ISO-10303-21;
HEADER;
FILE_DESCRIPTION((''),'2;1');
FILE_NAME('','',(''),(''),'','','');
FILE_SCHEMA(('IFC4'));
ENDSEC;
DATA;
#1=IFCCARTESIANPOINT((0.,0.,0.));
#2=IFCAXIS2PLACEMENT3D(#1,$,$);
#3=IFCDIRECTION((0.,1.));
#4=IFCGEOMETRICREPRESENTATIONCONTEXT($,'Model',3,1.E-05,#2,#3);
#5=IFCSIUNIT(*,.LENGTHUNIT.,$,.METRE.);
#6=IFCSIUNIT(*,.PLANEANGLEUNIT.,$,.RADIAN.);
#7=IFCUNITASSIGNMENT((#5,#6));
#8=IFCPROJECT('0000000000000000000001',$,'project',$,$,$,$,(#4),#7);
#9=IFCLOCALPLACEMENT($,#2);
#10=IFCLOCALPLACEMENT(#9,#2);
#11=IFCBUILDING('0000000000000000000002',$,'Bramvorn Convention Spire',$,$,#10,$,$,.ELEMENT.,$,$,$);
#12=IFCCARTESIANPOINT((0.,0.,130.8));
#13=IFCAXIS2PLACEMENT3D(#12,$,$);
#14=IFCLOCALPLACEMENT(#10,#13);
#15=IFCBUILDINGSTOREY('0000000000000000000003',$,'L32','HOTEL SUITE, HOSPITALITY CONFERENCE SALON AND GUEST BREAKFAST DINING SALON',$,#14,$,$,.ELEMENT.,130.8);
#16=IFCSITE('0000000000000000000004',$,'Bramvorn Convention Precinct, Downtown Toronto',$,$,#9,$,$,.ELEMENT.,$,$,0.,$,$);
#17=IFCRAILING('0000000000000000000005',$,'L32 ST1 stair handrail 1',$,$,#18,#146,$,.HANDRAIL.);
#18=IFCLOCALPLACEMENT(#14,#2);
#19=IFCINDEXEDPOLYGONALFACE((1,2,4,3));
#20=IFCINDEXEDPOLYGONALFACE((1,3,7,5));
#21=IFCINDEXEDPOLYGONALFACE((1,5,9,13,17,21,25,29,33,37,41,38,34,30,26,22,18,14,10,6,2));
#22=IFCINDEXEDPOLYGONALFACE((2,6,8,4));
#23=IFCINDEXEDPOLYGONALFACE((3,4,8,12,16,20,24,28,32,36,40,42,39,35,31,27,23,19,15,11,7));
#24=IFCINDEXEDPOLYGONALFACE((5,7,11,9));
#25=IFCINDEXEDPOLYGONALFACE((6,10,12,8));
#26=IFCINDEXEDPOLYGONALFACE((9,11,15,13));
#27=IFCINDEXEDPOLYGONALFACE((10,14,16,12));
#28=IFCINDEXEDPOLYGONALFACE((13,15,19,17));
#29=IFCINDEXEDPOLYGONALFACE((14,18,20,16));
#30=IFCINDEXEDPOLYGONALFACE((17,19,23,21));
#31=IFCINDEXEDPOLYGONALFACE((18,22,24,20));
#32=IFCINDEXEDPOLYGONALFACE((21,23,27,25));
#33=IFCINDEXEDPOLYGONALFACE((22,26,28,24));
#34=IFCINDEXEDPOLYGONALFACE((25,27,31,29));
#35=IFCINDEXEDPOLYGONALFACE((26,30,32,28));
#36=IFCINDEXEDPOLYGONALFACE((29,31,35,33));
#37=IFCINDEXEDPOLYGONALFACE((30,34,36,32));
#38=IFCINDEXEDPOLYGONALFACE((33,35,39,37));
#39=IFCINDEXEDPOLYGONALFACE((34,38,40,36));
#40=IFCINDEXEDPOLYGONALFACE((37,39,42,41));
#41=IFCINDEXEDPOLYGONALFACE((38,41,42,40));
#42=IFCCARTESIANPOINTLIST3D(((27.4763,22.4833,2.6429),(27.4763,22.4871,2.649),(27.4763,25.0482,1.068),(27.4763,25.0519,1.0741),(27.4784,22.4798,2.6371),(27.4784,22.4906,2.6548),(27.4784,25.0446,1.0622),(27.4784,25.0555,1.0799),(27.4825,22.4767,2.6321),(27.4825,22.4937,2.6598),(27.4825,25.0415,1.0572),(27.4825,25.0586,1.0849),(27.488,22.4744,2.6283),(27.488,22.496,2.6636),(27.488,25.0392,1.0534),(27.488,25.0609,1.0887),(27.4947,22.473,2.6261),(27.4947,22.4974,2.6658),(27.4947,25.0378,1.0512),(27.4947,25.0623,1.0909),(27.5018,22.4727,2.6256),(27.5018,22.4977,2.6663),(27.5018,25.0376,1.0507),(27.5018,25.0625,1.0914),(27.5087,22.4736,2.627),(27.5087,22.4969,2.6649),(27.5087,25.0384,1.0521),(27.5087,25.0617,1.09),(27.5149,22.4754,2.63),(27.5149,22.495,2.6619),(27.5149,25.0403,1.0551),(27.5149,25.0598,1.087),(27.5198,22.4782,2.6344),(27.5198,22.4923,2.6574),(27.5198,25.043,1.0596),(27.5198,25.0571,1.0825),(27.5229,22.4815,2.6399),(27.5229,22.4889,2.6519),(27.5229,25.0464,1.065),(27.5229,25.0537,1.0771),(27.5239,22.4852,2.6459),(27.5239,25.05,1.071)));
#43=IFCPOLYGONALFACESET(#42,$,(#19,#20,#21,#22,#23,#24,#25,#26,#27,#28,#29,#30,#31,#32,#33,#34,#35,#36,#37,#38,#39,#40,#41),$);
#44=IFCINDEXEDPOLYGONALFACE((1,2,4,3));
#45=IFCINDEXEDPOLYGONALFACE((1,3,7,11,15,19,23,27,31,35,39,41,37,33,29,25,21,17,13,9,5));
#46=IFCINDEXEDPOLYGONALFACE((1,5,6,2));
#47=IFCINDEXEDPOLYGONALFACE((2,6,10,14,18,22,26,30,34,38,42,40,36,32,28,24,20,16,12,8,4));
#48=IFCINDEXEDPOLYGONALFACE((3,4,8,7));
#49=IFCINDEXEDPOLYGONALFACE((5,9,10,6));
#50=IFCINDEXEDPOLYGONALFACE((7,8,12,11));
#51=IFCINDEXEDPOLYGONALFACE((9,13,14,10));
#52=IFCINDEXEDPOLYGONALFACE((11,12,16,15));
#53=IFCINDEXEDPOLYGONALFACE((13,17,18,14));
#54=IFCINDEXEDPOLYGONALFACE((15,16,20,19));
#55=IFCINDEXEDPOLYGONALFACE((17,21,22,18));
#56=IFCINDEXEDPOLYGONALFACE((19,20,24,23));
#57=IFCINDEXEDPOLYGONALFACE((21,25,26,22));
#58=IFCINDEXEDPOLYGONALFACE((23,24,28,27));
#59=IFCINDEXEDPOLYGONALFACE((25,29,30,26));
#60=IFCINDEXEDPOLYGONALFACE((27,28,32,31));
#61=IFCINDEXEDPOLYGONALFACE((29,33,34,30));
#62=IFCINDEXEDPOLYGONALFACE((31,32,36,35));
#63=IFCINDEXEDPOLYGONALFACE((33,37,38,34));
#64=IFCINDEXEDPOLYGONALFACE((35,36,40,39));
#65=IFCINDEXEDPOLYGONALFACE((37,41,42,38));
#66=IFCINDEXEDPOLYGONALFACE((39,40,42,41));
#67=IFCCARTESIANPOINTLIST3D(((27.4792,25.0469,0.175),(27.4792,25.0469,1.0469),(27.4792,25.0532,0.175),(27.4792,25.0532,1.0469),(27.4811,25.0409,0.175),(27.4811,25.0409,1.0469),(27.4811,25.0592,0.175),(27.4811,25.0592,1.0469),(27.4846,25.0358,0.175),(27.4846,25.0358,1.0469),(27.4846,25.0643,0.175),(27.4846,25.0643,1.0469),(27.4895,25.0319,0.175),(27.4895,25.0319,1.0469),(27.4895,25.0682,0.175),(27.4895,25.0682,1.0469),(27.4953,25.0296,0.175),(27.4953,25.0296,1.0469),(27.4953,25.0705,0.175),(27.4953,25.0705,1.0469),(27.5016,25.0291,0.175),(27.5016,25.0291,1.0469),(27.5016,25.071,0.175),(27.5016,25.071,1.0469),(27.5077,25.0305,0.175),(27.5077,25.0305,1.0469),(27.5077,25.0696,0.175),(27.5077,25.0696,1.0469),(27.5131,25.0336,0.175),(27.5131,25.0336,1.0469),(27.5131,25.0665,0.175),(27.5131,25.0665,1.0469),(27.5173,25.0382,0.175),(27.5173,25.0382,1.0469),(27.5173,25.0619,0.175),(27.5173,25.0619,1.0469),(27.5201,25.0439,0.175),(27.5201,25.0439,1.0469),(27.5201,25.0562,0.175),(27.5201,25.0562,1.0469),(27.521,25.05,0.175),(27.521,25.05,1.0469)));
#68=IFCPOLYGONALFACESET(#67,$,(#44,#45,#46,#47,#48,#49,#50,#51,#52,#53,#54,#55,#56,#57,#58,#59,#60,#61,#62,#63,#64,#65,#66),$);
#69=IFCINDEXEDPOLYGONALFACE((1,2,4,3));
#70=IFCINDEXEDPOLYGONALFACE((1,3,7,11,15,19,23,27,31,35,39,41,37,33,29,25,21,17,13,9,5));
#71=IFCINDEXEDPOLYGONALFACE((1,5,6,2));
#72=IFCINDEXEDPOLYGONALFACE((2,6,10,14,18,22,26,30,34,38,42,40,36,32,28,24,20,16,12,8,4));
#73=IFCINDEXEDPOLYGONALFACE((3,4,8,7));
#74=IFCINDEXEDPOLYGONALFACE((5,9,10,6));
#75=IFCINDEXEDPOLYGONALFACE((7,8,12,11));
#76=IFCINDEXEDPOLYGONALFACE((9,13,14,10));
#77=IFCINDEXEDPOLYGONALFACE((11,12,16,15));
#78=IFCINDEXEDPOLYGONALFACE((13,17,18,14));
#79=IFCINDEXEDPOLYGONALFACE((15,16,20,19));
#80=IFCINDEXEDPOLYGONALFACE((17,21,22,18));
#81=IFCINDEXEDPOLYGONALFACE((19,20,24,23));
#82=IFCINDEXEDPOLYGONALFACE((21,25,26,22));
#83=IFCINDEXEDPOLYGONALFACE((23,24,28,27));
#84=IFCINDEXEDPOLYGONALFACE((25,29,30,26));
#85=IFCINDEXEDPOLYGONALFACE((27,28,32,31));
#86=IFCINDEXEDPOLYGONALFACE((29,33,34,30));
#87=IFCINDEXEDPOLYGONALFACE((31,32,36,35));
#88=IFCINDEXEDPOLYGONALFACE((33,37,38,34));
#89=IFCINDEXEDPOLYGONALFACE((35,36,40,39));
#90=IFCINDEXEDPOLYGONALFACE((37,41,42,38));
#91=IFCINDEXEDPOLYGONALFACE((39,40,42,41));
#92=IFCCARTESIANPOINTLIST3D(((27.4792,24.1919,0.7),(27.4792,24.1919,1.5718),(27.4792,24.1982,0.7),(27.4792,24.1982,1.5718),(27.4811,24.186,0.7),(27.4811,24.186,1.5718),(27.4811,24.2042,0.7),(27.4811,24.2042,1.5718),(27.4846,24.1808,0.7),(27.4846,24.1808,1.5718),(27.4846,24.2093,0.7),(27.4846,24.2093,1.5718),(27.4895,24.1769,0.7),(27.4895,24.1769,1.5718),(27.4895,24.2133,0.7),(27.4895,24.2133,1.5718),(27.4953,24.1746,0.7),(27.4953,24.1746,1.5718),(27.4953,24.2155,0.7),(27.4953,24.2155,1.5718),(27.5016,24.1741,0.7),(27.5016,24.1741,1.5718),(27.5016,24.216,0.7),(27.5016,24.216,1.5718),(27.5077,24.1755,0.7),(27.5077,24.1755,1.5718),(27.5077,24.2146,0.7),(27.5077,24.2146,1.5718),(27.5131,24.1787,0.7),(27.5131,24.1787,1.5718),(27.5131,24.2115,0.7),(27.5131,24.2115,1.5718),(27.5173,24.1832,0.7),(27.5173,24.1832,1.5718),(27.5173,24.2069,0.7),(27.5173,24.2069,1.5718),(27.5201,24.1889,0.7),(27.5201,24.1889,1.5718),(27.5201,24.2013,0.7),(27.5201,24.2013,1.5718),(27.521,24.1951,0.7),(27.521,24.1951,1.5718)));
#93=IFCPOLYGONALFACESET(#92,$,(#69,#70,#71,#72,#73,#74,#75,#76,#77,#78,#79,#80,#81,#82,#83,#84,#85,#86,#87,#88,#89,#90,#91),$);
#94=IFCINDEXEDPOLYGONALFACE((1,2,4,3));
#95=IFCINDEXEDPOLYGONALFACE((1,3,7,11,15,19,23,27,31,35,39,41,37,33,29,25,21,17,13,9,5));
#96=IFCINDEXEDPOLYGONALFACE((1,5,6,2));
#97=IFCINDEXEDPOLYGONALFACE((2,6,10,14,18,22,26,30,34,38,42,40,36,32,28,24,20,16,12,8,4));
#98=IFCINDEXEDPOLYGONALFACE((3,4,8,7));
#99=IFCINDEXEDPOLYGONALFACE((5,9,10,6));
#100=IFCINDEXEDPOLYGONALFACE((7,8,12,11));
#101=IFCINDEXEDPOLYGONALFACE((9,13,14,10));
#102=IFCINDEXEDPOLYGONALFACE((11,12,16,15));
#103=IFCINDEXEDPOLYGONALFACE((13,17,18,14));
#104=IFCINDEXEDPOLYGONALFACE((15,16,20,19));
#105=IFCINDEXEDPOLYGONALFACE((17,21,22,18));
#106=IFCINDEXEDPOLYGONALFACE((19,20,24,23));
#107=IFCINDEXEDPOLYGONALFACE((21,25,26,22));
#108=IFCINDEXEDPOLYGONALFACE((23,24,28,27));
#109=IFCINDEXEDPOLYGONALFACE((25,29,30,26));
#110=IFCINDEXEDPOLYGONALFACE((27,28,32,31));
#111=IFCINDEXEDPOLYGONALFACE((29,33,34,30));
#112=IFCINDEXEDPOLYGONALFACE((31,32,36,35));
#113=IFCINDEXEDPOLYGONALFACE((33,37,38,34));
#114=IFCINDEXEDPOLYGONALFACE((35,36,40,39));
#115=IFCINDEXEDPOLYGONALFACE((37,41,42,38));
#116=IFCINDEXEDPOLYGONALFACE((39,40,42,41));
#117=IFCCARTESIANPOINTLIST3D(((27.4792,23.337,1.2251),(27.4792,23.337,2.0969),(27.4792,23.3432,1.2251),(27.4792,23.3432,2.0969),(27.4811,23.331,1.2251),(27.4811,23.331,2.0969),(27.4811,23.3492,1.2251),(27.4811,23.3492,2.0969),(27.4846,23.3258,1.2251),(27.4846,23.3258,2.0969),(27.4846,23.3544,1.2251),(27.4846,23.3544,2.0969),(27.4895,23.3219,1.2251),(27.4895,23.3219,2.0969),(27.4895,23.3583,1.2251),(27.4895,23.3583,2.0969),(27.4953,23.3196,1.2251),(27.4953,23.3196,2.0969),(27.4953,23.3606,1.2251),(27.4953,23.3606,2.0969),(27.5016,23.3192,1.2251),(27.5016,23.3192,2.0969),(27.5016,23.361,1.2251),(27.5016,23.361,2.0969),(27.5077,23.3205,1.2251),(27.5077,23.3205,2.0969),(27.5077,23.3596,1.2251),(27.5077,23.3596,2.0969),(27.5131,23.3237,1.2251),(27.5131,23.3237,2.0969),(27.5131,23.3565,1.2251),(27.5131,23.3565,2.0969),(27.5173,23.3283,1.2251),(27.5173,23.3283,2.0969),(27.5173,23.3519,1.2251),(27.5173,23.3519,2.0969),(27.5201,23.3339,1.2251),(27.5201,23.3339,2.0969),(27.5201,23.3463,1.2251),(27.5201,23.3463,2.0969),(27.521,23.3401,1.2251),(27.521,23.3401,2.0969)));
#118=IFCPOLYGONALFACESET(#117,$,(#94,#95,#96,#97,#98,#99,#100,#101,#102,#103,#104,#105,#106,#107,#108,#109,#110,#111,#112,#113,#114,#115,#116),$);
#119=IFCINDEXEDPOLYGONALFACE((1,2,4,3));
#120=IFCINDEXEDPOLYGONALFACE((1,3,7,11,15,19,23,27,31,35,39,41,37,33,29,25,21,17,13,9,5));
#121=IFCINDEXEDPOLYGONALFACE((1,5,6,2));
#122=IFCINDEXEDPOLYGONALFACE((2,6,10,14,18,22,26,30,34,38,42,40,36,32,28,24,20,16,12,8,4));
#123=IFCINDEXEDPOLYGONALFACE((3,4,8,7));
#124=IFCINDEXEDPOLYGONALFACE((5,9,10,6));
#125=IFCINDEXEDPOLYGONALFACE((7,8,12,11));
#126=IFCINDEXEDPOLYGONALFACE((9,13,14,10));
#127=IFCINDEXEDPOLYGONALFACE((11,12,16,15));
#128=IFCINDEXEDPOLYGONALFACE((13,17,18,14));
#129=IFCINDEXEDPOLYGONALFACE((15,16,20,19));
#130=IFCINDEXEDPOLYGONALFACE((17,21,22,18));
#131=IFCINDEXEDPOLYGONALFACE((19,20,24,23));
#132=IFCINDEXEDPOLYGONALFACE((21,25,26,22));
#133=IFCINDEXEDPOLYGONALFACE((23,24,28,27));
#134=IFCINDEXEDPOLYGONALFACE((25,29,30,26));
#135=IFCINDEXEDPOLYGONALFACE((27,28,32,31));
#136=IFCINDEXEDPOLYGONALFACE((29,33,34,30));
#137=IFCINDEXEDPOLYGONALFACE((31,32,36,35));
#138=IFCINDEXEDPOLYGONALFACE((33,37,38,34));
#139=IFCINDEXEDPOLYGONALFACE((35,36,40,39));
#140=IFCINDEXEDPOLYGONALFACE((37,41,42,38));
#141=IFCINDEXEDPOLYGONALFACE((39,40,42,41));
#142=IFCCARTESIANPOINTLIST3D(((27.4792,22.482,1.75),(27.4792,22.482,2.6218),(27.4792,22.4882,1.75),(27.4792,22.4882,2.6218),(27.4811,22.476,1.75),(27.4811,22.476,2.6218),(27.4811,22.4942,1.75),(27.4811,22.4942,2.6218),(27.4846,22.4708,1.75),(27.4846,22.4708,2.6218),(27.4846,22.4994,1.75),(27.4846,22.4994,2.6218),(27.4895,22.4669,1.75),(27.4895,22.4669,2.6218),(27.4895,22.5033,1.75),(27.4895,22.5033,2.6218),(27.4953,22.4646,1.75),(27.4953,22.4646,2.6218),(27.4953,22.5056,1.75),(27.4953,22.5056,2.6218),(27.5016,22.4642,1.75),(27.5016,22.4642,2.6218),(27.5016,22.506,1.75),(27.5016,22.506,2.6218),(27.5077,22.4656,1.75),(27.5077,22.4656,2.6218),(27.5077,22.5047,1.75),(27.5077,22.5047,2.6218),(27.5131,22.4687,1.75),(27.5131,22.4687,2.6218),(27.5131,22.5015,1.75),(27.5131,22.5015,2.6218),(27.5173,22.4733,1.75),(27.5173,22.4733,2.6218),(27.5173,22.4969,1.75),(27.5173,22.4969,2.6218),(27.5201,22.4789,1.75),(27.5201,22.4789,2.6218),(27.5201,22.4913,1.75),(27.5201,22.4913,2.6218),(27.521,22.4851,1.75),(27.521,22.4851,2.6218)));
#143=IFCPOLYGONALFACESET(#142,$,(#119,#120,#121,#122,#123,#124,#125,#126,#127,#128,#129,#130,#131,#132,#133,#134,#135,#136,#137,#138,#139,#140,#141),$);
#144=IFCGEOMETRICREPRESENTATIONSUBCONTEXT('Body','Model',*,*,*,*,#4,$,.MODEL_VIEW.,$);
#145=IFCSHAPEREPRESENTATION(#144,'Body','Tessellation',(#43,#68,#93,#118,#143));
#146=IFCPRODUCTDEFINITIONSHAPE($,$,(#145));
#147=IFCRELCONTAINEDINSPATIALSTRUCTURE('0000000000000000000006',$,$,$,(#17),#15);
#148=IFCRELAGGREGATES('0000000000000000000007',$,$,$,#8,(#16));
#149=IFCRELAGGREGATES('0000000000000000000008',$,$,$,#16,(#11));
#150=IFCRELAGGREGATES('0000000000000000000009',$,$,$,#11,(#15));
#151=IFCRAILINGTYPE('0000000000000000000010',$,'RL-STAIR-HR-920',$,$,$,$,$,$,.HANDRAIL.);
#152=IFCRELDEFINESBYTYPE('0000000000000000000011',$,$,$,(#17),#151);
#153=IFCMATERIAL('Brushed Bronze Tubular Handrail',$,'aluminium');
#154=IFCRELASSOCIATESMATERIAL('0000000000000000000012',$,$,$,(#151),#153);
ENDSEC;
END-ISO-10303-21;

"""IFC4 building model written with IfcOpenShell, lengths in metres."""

from ifc_helpers import new_model, si_unit, direction, frame, origin, origin_2d, place, context, subcontext, project, spatial, circle, extrude, material, type_object, element, save


model = new_model("IFC4")

# Units and contexts
model_context = context("Model", 3, precision=1e-05, world=origin(), true_north=direction((0.0, 1.0)))
body_context = subcontext(model_context, "Body", "Model", "MODEL_VIEW")
ifc_project = project(units=[si_unit("LENGTHUNIT", "METRE"), si_unit("PLANEANGLEUNIT", "RADIAN")], contexts=[model_context])

# Site, building, storey
site_placement = place(None, origin())
site = spatial("IfcSite", under=ifc_project, at=site_placement, Name="Bramvorn Convention Precinct, Downtown Toronto", CompositionType="ELEMENT", RefElevation=0.0)
building_placement = place(site_placement, origin())
building = spatial("IfcBuilding", under=site, at=building_placement, Name="Bramvorn Convention Spire", CompositionType="ELEMENT")
storey_placement = place(building_placement, frame((0.0, 0.0, 130.8)))
storey = spatial("IfcBuildingStorey", under=building, at=storey_placement, Name="L32", Description="HOTEL SUITE, HOSPITALITY CONFERENCE SALON AND GUEST BREAKFAST DINING SALON", CompositionType="ELEMENT", Elevation=130.8)

# Railing
ifc_material_1 = material(Name="Brushed Bronze Tubular Handrail", Category="aluminium")
railing_type_1 = type_object("IfcRailingType", Name="RL-STAIR-HR-920", PredefinedType="HANDRAIL", material=ifc_material_1)
railing_1_placement = place(storey_placement, frame((27.5, 25.05, 0.175)))
element("IfcRailing", 1, at=railing_1_placement, inside=storey, type_object=railing_type_1, Name="L32 ST1 stair handrail 1", PredefinedType="HANDRAIL", context=body_context, shape_type="SweptSolid", body=[
    extrude(circle(Radius=0.0239, at=origin_2d()), frame((0.0, 0.0, 0.896), z_axis=(0.0, -0.852173, 0.52326), x_axis=(1.0, 0.0, 0.0)), (0.0, 0.0, 1.0), 3.0098),
    extrude(circle(Radius=0.021, at=origin_2d()), origin(), (0.0, 0.0, 1.0), 0.8718),
    extrude(circle(Radius=0.021, at=origin_2d()), frame((0.0, -0.855, 0.5249)), (0.0, 0.0, 1.0), 0.8718),
    extrude(circle(Radius=0.021, at=origin_2d()), frame((0.0, -1.71, 1.05)), (0.0, 0.0, 1.0), 0.8718),
    extrude(circle(Radius=0.021, at=origin_2d()), frame((0.0, -2.5649, 1.575)), (0.0, 0.0, 1.0), 0.8718),
])

save(model, "model.ifc")
